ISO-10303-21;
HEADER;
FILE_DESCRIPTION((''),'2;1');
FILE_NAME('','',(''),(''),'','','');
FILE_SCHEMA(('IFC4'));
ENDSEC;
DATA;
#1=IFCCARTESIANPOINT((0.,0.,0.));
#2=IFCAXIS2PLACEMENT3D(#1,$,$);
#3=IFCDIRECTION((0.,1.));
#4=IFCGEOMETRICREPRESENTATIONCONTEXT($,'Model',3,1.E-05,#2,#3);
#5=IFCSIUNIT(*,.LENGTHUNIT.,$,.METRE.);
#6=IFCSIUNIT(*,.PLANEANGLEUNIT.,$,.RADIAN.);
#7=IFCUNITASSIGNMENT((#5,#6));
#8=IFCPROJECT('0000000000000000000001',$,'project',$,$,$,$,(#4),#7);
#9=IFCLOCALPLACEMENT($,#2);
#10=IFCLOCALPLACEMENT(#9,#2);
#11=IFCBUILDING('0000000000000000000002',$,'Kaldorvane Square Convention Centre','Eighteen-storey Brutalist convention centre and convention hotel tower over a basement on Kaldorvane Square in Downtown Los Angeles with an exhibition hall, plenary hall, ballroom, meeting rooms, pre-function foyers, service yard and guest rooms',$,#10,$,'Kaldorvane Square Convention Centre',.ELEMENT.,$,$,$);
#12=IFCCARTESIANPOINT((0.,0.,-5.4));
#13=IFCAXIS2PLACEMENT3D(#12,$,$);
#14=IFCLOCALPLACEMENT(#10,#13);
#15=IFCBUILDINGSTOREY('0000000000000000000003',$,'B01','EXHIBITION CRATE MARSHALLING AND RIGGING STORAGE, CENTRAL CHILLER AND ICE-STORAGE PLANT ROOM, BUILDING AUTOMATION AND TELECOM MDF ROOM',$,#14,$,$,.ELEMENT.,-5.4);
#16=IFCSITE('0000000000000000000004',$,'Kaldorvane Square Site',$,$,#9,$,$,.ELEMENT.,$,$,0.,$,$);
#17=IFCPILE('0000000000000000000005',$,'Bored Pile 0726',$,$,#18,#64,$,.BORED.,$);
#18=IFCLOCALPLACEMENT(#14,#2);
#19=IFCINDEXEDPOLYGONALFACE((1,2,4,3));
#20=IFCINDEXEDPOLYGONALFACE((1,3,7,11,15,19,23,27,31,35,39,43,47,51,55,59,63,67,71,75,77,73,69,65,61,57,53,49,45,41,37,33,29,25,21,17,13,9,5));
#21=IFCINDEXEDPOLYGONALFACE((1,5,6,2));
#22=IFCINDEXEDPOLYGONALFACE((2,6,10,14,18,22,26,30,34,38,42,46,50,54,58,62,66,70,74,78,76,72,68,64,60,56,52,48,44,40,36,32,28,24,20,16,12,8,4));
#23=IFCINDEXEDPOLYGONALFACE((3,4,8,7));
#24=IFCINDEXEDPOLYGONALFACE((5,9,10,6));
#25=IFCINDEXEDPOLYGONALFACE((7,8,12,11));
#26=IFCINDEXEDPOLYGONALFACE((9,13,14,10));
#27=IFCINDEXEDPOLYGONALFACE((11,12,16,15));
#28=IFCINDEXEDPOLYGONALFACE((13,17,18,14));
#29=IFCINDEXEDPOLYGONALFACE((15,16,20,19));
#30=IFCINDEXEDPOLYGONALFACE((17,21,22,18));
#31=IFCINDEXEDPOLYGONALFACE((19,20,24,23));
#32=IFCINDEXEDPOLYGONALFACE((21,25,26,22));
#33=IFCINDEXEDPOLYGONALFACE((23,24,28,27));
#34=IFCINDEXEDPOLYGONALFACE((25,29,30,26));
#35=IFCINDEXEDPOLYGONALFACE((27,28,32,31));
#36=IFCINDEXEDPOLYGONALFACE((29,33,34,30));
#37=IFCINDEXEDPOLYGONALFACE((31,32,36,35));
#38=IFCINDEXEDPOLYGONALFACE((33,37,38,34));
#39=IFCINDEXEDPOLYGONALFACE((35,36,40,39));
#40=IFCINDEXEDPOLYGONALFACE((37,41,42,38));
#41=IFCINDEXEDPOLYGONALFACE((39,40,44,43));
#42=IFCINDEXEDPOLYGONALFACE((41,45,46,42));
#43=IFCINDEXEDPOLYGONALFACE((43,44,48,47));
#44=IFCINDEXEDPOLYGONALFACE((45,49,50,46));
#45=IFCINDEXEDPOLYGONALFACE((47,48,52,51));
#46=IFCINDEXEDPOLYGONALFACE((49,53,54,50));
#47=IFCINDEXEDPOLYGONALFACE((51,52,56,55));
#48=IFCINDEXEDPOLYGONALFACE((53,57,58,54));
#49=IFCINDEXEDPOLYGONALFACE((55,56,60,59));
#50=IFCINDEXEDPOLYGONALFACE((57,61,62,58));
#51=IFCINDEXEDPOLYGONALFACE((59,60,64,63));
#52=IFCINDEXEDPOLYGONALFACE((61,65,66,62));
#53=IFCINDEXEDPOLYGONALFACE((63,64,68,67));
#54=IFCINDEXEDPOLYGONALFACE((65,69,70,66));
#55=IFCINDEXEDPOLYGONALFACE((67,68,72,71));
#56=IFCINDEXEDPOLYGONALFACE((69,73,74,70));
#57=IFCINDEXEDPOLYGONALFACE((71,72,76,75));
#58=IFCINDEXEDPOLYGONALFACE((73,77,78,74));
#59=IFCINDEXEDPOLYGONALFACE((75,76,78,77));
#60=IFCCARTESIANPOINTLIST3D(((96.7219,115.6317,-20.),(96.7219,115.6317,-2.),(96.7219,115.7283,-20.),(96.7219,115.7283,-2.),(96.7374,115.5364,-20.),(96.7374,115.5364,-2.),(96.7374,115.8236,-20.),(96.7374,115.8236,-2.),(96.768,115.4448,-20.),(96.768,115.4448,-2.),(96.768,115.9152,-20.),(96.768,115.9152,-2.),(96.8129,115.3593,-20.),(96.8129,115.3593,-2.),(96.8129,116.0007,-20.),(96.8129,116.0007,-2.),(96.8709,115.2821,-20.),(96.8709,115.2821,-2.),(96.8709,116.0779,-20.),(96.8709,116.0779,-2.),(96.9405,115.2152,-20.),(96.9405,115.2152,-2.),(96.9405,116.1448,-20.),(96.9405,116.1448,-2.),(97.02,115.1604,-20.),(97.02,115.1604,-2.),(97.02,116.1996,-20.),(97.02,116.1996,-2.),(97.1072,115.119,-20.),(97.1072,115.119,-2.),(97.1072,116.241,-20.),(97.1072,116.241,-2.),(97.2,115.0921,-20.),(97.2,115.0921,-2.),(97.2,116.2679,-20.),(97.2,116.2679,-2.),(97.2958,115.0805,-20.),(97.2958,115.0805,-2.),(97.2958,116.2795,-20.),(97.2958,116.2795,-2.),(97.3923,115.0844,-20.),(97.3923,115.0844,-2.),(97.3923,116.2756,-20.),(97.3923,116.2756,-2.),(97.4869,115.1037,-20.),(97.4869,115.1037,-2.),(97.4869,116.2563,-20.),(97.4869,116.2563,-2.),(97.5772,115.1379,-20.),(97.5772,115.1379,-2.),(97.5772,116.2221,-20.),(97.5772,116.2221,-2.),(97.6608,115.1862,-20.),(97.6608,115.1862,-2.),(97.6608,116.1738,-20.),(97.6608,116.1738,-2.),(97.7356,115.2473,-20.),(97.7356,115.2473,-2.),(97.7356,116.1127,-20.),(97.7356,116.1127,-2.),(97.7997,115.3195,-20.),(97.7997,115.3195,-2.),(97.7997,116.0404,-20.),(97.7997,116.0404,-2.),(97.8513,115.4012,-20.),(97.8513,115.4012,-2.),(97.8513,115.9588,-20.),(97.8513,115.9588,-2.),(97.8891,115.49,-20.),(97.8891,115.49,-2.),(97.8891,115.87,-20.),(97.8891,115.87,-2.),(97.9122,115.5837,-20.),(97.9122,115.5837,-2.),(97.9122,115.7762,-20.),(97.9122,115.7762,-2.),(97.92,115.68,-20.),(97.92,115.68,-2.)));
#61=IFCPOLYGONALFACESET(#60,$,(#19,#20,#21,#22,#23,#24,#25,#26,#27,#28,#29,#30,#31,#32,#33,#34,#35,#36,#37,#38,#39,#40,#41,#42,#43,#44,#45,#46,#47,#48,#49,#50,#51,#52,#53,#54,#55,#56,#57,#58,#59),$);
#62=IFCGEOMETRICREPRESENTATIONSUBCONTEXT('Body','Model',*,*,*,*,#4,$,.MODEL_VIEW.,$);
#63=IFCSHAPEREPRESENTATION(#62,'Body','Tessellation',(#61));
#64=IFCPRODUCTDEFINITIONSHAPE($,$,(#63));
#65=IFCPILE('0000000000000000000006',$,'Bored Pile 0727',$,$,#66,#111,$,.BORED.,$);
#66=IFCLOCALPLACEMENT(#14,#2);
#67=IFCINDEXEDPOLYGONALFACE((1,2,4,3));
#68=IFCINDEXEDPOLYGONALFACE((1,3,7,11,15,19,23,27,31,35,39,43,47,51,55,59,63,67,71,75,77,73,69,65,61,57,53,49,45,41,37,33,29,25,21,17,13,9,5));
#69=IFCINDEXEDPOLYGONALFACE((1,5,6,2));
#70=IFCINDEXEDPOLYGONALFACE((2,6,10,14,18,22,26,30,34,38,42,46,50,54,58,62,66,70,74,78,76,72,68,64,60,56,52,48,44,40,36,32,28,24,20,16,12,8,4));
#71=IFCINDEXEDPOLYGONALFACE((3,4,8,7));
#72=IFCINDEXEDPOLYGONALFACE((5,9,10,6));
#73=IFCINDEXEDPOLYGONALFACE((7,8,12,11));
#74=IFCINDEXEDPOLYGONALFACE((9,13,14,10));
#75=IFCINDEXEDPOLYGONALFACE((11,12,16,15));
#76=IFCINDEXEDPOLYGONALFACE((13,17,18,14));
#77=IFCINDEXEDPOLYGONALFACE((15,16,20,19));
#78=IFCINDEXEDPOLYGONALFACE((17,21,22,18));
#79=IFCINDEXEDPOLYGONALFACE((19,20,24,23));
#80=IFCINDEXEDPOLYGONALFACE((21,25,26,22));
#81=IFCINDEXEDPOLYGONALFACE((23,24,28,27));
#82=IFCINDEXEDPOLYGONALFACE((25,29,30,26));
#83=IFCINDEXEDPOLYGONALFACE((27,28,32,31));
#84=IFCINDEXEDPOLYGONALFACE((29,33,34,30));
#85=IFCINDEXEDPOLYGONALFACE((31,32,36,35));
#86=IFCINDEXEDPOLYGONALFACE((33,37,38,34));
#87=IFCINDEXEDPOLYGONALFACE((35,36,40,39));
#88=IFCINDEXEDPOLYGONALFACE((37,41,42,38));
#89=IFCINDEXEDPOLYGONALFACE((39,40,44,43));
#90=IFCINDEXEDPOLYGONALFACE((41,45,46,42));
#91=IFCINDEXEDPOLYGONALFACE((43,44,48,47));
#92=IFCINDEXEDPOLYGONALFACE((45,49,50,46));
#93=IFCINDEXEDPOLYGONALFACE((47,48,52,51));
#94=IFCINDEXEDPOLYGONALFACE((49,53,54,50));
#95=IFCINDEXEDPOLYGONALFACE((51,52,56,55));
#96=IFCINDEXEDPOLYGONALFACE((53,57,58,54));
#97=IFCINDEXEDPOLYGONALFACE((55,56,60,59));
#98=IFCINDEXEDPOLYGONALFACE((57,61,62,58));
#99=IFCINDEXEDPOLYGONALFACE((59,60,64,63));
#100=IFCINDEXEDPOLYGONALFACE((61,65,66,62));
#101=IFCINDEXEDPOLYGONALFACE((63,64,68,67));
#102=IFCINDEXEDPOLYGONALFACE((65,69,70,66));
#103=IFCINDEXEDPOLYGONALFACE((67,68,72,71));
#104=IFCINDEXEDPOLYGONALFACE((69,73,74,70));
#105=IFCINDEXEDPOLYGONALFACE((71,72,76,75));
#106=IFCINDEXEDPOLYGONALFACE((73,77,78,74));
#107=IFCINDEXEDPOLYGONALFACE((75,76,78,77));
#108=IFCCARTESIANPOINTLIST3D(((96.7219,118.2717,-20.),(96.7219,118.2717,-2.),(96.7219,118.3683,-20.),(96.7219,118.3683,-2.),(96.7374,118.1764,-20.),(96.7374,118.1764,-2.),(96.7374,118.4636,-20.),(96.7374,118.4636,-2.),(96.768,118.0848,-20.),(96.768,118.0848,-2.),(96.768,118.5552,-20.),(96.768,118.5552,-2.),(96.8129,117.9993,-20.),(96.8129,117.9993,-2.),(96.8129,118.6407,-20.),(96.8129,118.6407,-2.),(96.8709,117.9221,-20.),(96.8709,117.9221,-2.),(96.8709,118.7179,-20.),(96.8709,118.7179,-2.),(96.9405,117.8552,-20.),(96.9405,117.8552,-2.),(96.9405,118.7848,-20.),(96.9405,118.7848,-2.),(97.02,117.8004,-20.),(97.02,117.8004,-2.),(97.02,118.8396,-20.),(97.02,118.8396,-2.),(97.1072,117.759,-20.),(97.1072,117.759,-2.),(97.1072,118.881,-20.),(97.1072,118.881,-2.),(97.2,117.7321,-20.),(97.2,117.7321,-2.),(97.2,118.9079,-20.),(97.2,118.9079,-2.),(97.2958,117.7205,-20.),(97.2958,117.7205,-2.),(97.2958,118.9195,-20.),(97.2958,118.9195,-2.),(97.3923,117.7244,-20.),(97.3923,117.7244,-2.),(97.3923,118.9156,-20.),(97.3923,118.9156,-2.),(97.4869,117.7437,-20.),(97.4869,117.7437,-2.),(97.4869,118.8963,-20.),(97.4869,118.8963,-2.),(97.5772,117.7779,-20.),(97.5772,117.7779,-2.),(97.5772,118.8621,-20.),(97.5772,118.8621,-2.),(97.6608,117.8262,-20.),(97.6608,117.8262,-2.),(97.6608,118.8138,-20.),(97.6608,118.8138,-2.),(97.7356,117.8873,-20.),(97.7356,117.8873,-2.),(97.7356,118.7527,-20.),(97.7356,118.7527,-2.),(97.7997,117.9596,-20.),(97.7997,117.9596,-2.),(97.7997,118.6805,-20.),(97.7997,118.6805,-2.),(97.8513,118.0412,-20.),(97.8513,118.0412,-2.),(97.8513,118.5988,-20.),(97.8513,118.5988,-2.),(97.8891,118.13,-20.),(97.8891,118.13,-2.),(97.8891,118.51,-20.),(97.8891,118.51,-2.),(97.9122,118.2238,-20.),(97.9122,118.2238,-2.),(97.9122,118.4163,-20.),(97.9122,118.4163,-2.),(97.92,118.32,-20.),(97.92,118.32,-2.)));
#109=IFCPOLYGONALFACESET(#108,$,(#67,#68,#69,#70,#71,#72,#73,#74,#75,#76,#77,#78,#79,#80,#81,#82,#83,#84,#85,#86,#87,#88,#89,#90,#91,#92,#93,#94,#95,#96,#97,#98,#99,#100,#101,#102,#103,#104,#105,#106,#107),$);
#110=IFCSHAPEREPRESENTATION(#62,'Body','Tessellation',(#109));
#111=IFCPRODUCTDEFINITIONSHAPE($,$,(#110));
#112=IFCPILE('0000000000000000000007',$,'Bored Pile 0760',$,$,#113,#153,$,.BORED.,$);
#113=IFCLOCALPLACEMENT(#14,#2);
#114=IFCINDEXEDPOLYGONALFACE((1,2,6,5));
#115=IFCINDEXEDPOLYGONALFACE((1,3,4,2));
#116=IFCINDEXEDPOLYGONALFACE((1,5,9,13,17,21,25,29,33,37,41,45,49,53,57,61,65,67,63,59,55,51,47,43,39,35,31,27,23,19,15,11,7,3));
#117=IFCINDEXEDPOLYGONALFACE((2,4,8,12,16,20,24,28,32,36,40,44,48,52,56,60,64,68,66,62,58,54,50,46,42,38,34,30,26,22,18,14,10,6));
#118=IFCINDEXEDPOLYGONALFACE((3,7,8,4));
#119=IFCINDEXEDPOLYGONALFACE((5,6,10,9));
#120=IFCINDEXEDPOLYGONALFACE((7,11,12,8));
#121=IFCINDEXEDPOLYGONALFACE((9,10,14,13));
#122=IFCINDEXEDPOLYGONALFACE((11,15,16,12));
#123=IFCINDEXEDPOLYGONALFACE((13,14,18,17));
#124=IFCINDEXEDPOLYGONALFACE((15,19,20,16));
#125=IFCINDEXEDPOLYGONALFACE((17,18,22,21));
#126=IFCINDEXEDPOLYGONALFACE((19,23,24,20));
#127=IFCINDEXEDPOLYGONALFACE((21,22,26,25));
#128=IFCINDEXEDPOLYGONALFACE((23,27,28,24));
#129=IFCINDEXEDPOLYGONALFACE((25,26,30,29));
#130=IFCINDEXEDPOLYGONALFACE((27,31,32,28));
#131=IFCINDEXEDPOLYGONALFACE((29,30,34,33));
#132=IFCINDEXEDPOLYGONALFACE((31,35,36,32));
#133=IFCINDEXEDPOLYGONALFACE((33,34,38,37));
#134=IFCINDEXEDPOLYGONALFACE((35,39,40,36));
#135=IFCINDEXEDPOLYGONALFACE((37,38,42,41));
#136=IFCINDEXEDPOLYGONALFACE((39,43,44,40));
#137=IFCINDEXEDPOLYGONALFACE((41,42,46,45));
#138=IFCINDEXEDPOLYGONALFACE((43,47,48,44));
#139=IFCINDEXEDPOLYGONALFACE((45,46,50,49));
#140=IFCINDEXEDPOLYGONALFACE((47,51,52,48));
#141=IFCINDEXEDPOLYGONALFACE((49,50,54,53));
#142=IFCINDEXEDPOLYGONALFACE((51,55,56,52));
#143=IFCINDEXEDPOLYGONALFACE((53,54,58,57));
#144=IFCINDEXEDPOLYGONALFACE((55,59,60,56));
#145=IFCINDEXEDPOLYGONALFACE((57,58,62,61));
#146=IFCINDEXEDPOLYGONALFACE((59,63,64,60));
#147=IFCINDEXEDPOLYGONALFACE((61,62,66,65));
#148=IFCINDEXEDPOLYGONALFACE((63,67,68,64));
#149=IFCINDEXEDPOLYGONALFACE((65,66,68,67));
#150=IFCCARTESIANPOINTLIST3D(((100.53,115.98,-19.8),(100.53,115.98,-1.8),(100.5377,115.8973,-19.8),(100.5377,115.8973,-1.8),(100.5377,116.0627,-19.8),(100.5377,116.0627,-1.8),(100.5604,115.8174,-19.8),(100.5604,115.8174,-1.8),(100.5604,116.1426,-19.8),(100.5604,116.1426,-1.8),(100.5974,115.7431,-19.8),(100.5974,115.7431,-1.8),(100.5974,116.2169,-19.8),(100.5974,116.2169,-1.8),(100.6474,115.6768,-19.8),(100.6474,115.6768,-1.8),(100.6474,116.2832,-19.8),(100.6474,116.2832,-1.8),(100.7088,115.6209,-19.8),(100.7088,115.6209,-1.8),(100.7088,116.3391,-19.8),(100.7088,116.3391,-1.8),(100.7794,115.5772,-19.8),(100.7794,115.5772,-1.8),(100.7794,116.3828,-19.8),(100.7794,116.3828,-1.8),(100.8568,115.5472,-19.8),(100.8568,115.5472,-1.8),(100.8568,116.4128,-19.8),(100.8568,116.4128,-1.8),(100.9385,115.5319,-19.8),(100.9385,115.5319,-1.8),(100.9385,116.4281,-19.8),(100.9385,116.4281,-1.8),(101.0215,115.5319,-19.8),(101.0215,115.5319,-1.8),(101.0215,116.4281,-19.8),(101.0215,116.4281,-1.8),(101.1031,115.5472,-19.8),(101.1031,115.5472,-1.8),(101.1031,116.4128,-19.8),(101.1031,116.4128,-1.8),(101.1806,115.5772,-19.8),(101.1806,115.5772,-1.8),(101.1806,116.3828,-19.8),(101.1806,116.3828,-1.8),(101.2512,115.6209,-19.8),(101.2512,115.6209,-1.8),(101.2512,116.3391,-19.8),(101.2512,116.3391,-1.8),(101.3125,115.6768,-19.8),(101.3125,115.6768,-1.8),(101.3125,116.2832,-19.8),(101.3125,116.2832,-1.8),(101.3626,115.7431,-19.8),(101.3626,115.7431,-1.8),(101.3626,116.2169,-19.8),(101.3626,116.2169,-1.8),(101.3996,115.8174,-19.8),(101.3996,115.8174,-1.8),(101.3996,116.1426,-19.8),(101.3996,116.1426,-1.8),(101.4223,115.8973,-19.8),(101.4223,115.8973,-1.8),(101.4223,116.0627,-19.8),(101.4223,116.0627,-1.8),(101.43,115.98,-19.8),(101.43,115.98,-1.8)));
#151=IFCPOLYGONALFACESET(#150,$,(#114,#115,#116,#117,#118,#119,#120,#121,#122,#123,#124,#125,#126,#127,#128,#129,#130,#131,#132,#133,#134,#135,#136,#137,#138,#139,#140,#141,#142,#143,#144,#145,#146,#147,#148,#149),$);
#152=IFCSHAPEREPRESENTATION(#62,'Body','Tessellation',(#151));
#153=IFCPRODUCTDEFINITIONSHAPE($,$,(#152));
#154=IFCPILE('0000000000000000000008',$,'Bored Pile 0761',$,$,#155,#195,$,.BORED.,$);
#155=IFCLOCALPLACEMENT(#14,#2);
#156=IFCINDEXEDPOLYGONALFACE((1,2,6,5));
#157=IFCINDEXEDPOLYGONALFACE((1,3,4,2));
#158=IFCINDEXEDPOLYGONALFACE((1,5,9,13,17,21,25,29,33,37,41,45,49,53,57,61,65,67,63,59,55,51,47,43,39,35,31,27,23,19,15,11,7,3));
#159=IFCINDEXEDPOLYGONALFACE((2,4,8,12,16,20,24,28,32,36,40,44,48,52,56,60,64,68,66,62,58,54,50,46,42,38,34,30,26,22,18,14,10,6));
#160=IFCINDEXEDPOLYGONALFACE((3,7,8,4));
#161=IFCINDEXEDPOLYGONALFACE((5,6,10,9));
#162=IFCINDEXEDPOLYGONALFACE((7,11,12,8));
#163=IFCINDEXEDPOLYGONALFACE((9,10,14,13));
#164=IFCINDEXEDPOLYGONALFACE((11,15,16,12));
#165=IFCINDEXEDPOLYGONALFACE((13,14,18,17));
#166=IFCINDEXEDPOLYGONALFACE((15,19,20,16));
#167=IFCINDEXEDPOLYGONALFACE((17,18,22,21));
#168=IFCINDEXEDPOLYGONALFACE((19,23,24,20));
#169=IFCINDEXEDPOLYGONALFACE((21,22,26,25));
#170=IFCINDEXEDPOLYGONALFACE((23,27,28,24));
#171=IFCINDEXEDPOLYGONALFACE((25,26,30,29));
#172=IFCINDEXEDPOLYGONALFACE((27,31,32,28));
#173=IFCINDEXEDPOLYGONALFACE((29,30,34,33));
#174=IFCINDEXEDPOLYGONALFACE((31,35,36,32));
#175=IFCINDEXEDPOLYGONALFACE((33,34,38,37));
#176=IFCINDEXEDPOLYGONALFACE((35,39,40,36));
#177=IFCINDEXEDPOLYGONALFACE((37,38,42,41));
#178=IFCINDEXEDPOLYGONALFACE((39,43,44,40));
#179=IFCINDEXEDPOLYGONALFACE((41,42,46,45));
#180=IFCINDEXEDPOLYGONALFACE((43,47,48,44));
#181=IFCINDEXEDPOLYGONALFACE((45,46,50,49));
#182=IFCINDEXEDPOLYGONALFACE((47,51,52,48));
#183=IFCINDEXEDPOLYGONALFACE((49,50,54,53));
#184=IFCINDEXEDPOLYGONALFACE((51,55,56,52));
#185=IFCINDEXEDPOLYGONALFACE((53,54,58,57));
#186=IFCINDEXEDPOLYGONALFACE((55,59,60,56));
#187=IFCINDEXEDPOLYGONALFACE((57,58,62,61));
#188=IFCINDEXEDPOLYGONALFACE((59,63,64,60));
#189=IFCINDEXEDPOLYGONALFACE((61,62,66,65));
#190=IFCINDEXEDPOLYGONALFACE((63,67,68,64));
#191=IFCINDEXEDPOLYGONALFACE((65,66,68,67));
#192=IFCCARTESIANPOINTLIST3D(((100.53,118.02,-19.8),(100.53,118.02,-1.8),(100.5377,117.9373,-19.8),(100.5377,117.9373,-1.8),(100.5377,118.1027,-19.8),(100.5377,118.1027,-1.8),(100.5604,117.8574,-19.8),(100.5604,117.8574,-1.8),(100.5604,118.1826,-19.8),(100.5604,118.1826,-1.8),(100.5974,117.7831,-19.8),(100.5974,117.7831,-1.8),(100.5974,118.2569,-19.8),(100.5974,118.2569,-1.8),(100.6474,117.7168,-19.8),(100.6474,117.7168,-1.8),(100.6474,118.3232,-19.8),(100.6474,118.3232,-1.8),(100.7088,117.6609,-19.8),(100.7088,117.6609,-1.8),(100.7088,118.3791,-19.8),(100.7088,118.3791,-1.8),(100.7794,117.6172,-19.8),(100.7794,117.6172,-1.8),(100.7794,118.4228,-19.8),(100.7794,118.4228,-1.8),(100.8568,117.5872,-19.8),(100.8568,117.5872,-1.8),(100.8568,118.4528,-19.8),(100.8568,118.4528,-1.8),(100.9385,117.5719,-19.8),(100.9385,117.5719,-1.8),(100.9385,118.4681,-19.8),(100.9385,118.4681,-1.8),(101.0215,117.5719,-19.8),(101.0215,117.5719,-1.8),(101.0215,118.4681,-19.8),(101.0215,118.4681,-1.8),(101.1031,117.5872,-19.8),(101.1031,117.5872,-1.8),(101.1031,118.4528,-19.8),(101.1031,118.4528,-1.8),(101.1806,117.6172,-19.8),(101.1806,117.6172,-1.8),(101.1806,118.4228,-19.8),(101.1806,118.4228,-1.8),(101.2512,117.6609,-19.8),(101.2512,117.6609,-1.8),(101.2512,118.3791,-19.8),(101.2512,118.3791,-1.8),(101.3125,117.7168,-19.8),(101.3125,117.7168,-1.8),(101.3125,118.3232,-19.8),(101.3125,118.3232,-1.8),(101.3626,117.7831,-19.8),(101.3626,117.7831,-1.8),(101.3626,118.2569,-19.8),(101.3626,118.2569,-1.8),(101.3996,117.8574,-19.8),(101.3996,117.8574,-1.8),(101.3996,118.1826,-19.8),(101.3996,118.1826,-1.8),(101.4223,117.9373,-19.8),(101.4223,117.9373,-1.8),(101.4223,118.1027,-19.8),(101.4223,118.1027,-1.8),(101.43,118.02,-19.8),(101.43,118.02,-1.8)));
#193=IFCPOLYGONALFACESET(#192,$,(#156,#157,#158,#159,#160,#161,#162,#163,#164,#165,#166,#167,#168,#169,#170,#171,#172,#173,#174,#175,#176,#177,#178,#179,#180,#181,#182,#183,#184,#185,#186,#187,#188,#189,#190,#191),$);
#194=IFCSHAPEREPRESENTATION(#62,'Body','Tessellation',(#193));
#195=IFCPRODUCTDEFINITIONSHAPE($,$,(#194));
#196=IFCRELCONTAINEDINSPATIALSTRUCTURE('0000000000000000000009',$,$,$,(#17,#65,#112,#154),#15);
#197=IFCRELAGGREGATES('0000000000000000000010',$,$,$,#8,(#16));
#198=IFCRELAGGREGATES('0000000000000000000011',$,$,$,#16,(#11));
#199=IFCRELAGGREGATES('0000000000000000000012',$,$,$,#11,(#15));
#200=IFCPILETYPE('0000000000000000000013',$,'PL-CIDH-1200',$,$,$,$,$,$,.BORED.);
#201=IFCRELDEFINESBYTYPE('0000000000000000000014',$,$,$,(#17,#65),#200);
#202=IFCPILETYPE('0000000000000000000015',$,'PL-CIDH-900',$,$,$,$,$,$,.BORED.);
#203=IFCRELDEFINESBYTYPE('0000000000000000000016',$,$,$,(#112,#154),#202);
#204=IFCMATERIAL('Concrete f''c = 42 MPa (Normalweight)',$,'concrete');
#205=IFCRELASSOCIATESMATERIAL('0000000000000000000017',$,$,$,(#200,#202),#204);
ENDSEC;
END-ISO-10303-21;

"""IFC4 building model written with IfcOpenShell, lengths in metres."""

from ifc_helpers import new_model, si_unit, direction, frame, origin, origin_2d, place, context, subcontext, project, spatial, circle, extrude, material, material_profile, profile_set, type_object, element, save


model = new_model("IFC4")

# Units and contexts
model_context = context("Model", 3, precision=1e-05, world=origin(), true_north=direction((0.0, 1.0)))
body_context = subcontext(model_context, "Body", "Model", "MODEL_VIEW")
ifc_project = project(units=[si_unit("LENGTHUNIT", "METRE"), si_unit("PLANEANGLEUNIT", "RADIAN")], contexts=[model_context])

# Site, building, storey
site_placement = place(None, origin())
site = spatial("IfcSite", under=ifc_project, at=site_placement, Name="Kaldorvane Square Site", CompositionType="ELEMENT", RefElevation=0.0)
building_placement = place(site_placement, origin())
building = spatial("IfcBuilding", under=site, at=building_placement, Name="Kaldorvane Square Convention Centre", Description="Eighteen-storey Brutalist convention centre and convention hotel tower over a basement on Kaldorvane Square in Downtown Los Angeles with an exhibition hall, plenary hall, ballroom, meeting rooms, pre-function foyers, service yard and guest rooms", LongName="Kaldorvane Square Convention Centre", CompositionType="ELEMENT")
storey_placement = place(building_placement, frame((0.0, 0.0, -5.4)))
storey = spatial("IfcBuildingStorey", under=building, at=storey_placement, Name="B01", Description="EXHIBITION CRATE MARSHALLING AND RIGGING STORAGE, CENTRAL CHILLER AND ICE-STORAGE PLANT ROOM, BUILDING AUTOMATION AND TELECOM MDF ROOM", CompositionType="ELEMENT", Elevation=-5.4)

# Shared definitions
ifc_material_1 = material(Name="Concrete f'c = 42 MPa (Normalweight)", Category="concrete")

# Piles
ifc_material_profile_1 = material_profile(ifc_material_1, circle(Radius=0.6, at=origin_2d()), Name="PILE-D1200")
ifc_profile_set_1 = profile_set([ifc_material_profile_1], Name="Concrete f'c = 42 MPa (Normalweight)")
pile_type_1 = type_object("IfcPileType", Name="PL-CIDH-1200", PredefinedType="BORED", material=ifc_profile_set_1)
for number, where, z_axis, x_axis, name in (
    (1, (97.32, 115.68, -2.0), (0.0, 0.0, -1.0), (1.0, 0.0, 0.0), "Bored Pile 0726"),
    (2, (97.32, 118.32, -2.0), (0.0, 0.0, -1.0), (1.0, 0.0, 0.0), "Bored Pile 0727"),
):
    element("IfcPile", number, at=place(storey_placement, frame(where, z_axis=z_axis, x_axis=x_axis)), inside=storey, type_object=pile_type_1, Name=name, PredefinedType="BORED", context=body_context, shape_type="SweptSolid", body=[
        extrude(circle(Radius=0.6, at=origin_2d()), origin(), (0.0, 0.0, 1.0), 18.0),
    ])
ifc_material_profile_2 = material_profile(ifc_material_1, circle(Radius=0.45, at=origin_2d()), Name="PILE-D900")
ifc_profile_set_2 = profile_set([ifc_material_profile_2], Name="Concrete f'c = 42 MPa (Normalweight)")
pile_type_2 = type_object("IfcPileType", Name="PL-CIDH-900", PredefinedType="BORED", material=ifc_profile_set_2)
for number, where, z_axis, x_axis, name in (
    (3, (100.98, 115.98, -1.8), (0.0, 0.0, -1.0), (1.0, 0.0, 0.0), "Bored Pile 0760"),
    (4, (100.98, 118.02, -1.8), (0.0, 0.0, -1.0), (1.0, 0.0, 0.0), "Bored Pile 0761"),
):
    element("IfcPile", number, at=place(storey_placement, frame(where, z_axis=z_axis, x_axis=x_axis)), inside=storey, type_object=pile_type_2, Name=name, PredefinedType="BORED", context=body_context, shape_type="SweptSolid", body=[
        extrude(circle(Radius=0.45, at=origin_2d()), origin(), (0.0, 0.0, 1.0), 18.0),
    ])

save(model, "model.ifc")
